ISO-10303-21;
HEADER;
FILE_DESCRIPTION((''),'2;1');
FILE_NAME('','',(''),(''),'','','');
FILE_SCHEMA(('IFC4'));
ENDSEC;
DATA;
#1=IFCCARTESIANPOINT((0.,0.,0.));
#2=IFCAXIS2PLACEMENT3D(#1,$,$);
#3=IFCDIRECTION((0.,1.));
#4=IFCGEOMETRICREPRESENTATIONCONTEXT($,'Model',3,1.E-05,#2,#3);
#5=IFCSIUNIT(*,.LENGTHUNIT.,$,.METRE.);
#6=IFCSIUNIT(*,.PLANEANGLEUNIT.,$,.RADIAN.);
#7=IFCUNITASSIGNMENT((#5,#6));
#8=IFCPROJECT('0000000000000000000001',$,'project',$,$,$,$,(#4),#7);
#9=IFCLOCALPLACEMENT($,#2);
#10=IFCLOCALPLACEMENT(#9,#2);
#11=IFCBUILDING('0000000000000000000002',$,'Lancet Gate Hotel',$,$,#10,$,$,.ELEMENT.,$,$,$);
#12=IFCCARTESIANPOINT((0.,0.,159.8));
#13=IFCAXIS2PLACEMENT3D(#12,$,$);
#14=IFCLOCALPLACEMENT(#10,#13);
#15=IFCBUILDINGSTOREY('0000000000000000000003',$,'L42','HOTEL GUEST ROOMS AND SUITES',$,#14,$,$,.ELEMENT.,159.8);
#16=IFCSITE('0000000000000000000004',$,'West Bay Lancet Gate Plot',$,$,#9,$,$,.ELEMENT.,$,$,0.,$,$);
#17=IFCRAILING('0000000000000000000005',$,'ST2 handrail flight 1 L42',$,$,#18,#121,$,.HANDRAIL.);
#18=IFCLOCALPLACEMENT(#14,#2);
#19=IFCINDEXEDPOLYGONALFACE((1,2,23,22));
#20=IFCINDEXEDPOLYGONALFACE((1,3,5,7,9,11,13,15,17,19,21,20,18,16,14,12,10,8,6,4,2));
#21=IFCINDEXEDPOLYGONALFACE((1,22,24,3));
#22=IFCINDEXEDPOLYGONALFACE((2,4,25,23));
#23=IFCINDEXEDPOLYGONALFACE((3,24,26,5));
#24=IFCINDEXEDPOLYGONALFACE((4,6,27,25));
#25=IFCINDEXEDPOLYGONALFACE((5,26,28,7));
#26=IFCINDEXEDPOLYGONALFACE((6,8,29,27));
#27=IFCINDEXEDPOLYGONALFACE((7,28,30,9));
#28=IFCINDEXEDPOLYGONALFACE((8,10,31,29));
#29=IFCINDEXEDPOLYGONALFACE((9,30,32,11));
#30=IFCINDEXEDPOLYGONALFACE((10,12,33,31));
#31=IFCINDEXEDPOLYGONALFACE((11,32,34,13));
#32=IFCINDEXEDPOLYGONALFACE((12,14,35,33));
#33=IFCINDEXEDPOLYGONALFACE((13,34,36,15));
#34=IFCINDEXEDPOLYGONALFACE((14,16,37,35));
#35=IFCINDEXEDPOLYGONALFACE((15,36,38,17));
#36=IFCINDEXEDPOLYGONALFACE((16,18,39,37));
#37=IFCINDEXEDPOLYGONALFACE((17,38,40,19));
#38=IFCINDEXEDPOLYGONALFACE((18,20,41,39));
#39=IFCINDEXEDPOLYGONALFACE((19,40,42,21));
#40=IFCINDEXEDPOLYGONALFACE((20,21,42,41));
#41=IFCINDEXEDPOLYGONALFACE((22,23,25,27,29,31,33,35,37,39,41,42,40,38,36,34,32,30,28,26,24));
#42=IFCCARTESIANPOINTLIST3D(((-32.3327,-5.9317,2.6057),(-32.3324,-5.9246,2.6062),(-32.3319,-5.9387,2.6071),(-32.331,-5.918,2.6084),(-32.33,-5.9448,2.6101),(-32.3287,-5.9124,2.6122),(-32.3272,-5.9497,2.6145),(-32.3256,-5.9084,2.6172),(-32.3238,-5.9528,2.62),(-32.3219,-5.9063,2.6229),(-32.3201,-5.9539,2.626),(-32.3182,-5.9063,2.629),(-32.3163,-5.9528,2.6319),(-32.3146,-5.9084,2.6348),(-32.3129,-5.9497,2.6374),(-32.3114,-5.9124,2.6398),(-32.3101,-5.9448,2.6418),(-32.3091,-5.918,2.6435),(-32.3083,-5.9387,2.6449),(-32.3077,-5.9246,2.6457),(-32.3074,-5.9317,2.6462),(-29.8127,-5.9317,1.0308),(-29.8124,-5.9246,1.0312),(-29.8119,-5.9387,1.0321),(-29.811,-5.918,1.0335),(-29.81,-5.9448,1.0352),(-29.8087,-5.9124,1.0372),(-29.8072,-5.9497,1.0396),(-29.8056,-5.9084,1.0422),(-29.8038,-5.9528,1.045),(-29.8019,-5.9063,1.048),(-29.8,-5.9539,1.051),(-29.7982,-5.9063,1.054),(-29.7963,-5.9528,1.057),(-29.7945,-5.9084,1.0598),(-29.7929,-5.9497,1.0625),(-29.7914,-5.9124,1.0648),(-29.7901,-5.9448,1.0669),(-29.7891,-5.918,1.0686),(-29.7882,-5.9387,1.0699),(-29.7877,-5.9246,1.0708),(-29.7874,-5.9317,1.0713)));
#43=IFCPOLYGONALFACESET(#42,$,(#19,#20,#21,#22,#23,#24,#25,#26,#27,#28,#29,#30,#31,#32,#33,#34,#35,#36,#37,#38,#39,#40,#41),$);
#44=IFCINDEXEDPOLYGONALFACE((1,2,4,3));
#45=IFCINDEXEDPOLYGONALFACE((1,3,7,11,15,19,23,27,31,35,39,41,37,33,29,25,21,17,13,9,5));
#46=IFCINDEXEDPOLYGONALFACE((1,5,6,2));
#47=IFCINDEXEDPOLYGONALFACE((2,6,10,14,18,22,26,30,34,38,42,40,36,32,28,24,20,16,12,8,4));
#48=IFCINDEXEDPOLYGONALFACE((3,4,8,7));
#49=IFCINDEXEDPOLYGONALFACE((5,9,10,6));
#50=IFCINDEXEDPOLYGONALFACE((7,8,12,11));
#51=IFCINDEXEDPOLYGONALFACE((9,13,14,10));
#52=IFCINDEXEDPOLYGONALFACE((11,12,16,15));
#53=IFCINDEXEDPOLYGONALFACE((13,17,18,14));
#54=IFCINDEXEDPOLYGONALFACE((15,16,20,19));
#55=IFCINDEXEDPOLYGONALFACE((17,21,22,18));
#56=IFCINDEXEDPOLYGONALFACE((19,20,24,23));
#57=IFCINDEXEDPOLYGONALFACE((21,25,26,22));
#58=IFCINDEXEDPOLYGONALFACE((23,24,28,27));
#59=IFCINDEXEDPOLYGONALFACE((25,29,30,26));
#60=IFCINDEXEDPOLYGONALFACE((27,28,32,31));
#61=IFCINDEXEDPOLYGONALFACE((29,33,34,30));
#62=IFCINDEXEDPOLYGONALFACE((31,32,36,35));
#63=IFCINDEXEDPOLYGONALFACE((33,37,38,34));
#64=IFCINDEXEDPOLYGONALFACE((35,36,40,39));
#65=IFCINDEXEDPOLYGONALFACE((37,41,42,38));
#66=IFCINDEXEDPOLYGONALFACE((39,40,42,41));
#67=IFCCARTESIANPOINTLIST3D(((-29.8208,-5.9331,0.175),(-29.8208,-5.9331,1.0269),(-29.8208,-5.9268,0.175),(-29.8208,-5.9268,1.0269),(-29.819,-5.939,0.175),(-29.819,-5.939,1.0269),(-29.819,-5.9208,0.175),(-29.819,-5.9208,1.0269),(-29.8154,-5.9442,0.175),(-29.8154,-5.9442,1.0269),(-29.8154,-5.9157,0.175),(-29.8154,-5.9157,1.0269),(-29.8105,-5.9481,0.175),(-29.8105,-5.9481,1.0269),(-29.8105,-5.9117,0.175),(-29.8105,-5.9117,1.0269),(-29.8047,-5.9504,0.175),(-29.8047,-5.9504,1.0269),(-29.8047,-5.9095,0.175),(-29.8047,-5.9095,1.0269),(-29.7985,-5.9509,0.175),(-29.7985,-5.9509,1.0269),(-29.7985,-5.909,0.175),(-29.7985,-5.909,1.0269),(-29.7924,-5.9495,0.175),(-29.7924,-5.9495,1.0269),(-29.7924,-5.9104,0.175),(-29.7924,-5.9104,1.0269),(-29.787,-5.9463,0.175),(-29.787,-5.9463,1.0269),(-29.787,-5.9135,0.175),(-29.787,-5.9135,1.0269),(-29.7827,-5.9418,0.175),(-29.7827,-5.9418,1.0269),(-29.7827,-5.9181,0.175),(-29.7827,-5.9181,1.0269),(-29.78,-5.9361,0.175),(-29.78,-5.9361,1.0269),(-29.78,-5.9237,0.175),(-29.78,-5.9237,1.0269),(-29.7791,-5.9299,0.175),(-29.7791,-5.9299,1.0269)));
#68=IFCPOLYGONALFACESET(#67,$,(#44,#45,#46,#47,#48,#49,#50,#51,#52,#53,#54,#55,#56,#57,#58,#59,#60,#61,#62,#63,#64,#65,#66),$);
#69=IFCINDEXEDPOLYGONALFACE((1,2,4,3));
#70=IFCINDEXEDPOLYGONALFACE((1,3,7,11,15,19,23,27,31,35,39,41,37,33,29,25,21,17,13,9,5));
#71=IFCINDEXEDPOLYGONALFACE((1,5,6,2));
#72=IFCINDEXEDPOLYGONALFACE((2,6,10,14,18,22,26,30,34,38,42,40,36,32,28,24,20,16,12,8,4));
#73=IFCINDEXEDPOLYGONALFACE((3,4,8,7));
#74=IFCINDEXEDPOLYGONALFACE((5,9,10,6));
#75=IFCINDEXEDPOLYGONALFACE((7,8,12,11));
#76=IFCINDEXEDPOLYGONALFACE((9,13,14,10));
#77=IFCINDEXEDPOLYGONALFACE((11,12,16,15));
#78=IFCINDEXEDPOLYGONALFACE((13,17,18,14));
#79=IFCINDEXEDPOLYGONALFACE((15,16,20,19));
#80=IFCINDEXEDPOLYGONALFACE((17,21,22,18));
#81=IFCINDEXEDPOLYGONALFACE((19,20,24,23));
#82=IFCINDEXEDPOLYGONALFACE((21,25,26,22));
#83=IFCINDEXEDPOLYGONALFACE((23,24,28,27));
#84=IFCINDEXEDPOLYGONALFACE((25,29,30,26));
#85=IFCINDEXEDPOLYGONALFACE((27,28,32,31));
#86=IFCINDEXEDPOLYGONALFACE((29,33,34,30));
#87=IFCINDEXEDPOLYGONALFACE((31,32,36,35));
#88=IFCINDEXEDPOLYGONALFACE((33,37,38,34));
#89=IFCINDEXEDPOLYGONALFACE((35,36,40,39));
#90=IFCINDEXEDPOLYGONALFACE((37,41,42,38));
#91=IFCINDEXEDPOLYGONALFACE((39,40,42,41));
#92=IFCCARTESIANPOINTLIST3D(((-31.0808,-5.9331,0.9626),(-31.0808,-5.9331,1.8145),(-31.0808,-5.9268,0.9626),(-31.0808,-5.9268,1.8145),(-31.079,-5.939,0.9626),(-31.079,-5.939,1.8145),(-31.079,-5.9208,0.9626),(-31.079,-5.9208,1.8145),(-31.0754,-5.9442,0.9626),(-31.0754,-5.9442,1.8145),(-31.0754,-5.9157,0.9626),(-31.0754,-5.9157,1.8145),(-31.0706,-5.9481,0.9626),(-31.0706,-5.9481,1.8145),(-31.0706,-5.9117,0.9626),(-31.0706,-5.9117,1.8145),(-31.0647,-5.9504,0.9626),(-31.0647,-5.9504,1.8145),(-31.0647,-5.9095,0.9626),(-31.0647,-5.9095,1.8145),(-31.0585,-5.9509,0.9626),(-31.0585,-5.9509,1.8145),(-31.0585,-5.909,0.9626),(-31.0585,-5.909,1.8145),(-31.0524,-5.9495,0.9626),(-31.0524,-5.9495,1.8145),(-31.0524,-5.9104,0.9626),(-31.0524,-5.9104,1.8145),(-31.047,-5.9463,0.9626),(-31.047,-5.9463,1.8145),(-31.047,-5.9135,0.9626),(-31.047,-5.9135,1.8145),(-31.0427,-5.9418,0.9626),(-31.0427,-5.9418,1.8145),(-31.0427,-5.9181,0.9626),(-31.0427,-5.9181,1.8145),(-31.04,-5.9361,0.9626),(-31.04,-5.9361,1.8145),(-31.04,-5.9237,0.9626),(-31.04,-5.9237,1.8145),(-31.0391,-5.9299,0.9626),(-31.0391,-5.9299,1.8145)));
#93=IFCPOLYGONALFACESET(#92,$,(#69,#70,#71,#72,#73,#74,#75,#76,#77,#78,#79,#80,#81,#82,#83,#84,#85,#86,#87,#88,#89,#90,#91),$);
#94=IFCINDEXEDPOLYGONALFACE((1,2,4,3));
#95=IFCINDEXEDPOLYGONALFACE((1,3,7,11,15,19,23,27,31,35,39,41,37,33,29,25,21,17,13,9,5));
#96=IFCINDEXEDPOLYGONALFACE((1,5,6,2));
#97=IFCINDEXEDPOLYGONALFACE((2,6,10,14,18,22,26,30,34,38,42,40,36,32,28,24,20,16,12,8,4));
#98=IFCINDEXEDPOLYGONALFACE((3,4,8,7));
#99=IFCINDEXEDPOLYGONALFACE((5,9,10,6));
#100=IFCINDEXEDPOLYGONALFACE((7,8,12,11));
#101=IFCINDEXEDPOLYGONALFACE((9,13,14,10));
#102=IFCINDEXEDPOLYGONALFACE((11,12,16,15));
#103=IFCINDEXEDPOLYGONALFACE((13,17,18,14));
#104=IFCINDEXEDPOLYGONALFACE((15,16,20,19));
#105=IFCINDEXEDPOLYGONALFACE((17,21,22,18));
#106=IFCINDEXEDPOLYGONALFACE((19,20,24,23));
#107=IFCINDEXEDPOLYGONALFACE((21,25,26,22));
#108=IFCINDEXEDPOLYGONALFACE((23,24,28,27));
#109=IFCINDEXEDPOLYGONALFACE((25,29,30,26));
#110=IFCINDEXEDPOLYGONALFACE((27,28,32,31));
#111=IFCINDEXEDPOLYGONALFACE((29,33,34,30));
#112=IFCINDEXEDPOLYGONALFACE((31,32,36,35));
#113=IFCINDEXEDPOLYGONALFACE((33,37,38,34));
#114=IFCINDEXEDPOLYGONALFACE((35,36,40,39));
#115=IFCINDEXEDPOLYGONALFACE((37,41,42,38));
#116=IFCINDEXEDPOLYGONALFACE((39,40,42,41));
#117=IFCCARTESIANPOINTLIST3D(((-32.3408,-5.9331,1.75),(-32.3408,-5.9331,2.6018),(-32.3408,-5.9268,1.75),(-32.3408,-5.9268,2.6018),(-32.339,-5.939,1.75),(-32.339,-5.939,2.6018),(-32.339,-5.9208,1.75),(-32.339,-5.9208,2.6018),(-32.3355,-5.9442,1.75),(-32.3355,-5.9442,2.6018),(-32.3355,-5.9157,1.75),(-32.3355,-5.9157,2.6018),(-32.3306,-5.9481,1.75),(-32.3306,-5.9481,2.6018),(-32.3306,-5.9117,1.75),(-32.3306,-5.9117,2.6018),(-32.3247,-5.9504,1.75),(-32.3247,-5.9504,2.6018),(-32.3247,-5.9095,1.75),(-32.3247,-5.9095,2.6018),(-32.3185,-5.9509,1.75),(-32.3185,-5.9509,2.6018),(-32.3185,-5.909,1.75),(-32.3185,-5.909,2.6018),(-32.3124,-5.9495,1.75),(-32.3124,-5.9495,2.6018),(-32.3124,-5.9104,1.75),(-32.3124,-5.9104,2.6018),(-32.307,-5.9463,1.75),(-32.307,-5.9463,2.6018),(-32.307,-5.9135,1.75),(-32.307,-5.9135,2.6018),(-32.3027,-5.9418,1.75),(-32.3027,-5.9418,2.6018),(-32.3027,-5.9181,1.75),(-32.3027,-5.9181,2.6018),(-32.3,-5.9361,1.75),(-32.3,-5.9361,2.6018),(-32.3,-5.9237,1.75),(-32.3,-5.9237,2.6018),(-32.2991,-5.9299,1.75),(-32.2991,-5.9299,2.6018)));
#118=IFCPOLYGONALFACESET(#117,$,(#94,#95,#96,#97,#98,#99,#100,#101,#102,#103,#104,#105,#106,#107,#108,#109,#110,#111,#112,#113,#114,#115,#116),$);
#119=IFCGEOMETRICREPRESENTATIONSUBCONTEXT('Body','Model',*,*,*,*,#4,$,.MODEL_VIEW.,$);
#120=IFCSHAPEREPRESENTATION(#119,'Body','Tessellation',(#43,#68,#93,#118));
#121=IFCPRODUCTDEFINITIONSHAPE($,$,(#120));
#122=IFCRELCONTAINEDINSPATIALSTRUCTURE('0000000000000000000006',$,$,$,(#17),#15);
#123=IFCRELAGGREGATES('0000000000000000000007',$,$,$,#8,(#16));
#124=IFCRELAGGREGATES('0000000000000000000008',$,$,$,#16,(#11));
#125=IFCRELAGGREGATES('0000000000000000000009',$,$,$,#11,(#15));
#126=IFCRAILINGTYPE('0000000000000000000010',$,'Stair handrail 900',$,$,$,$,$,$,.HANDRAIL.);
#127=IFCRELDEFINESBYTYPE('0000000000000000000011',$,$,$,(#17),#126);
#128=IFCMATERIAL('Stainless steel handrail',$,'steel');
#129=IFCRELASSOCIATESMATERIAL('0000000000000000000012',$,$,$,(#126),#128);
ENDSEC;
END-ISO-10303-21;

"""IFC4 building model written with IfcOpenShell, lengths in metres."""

from ifc_helpers import new_model, si_unit, direction, frame, origin, origin_2d, place, context, subcontext, project, spatial, circle, extrude, material, type_object, element, save


model = new_model("IFC4")

# Units and contexts
model_context = context("Model", 3, precision=1e-05, world=origin(), true_north=direction((0.0, 1.0)))
body_context = subcontext(model_context, "Body", "Model", "MODEL_VIEW")
ifc_project = project(units=[si_unit("LENGTHUNIT", "METRE"), si_unit("PLANEANGLEUNIT", "RADIAN")], contexts=[model_context])

# Site, building, storey
site_placement = place(None, origin())
site = spatial("IfcSite", under=ifc_project, at=site_placement, Name="West Bay Lancet Gate Plot", CompositionType="ELEMENT", RefElevation=0.0)
building_placement = place(site_placement, origin())
building = spatial("IfcBuilding", under=site, at=building_placement, Name="Lancet Gate Hotel", CompositionType="ELEMENT")
storey_placement = place(building_placement, frame((0.0, 0.0, 159.8)))
storey = spatial("IfcBuildingStorey", under=building, at=storey_placement, Name="L42", Description="HOTEL GUEST ROOMS AND SUITES", CompositionType="ELEMENT", Elevation=159.8)

# Railing
ifc_material_1 = material(Name="Stainless steel handrail", Category="steel")
railing_type = type_object("IfcRailingType", Name="Stair handrail 900", PredefinedType="HANDRAIL", material=ifc_material_1)
railing_1_placement = place(storey_placement, frame((-29.8, -5.9299, 0.175)))
element("IfcRailing", 1, at=railing_1_placement, inside=storey, type_object=railing_type, Name="ST2 handrail flight 1 L42", PredefinedType="HANDRAIL", context=body_context, shape_type="SweptSolid", body=[
    extrude(circle(Radius=0.0239, at=origin_2d()), frame((0.0, 0.0, 0.876), z_axis=(-0.848008, 0.0, 0.529984), x_axis=(0.0, -1.0, 0.0)), (0.0, 0.0, 1.0), 2.9717),
    extrude(circle(Radius=0.021, at=origin_2d()), origin(), (0.0, 0.0, 1.0), 0.8518),
    extrude(circle(Radius=0.021, at=origin_2d()), frame((-1.26, 0.0, 0.7876)), (0.0, 0.0, 1.0), 0.8518),
    extrude(circle(Radius=0.021, at=origin_2d()), frame((-2.52, 0.0, 1.575)), (0.0, 0.0, 1.0), 0.8518),
])

save(model, "model.ifc")
